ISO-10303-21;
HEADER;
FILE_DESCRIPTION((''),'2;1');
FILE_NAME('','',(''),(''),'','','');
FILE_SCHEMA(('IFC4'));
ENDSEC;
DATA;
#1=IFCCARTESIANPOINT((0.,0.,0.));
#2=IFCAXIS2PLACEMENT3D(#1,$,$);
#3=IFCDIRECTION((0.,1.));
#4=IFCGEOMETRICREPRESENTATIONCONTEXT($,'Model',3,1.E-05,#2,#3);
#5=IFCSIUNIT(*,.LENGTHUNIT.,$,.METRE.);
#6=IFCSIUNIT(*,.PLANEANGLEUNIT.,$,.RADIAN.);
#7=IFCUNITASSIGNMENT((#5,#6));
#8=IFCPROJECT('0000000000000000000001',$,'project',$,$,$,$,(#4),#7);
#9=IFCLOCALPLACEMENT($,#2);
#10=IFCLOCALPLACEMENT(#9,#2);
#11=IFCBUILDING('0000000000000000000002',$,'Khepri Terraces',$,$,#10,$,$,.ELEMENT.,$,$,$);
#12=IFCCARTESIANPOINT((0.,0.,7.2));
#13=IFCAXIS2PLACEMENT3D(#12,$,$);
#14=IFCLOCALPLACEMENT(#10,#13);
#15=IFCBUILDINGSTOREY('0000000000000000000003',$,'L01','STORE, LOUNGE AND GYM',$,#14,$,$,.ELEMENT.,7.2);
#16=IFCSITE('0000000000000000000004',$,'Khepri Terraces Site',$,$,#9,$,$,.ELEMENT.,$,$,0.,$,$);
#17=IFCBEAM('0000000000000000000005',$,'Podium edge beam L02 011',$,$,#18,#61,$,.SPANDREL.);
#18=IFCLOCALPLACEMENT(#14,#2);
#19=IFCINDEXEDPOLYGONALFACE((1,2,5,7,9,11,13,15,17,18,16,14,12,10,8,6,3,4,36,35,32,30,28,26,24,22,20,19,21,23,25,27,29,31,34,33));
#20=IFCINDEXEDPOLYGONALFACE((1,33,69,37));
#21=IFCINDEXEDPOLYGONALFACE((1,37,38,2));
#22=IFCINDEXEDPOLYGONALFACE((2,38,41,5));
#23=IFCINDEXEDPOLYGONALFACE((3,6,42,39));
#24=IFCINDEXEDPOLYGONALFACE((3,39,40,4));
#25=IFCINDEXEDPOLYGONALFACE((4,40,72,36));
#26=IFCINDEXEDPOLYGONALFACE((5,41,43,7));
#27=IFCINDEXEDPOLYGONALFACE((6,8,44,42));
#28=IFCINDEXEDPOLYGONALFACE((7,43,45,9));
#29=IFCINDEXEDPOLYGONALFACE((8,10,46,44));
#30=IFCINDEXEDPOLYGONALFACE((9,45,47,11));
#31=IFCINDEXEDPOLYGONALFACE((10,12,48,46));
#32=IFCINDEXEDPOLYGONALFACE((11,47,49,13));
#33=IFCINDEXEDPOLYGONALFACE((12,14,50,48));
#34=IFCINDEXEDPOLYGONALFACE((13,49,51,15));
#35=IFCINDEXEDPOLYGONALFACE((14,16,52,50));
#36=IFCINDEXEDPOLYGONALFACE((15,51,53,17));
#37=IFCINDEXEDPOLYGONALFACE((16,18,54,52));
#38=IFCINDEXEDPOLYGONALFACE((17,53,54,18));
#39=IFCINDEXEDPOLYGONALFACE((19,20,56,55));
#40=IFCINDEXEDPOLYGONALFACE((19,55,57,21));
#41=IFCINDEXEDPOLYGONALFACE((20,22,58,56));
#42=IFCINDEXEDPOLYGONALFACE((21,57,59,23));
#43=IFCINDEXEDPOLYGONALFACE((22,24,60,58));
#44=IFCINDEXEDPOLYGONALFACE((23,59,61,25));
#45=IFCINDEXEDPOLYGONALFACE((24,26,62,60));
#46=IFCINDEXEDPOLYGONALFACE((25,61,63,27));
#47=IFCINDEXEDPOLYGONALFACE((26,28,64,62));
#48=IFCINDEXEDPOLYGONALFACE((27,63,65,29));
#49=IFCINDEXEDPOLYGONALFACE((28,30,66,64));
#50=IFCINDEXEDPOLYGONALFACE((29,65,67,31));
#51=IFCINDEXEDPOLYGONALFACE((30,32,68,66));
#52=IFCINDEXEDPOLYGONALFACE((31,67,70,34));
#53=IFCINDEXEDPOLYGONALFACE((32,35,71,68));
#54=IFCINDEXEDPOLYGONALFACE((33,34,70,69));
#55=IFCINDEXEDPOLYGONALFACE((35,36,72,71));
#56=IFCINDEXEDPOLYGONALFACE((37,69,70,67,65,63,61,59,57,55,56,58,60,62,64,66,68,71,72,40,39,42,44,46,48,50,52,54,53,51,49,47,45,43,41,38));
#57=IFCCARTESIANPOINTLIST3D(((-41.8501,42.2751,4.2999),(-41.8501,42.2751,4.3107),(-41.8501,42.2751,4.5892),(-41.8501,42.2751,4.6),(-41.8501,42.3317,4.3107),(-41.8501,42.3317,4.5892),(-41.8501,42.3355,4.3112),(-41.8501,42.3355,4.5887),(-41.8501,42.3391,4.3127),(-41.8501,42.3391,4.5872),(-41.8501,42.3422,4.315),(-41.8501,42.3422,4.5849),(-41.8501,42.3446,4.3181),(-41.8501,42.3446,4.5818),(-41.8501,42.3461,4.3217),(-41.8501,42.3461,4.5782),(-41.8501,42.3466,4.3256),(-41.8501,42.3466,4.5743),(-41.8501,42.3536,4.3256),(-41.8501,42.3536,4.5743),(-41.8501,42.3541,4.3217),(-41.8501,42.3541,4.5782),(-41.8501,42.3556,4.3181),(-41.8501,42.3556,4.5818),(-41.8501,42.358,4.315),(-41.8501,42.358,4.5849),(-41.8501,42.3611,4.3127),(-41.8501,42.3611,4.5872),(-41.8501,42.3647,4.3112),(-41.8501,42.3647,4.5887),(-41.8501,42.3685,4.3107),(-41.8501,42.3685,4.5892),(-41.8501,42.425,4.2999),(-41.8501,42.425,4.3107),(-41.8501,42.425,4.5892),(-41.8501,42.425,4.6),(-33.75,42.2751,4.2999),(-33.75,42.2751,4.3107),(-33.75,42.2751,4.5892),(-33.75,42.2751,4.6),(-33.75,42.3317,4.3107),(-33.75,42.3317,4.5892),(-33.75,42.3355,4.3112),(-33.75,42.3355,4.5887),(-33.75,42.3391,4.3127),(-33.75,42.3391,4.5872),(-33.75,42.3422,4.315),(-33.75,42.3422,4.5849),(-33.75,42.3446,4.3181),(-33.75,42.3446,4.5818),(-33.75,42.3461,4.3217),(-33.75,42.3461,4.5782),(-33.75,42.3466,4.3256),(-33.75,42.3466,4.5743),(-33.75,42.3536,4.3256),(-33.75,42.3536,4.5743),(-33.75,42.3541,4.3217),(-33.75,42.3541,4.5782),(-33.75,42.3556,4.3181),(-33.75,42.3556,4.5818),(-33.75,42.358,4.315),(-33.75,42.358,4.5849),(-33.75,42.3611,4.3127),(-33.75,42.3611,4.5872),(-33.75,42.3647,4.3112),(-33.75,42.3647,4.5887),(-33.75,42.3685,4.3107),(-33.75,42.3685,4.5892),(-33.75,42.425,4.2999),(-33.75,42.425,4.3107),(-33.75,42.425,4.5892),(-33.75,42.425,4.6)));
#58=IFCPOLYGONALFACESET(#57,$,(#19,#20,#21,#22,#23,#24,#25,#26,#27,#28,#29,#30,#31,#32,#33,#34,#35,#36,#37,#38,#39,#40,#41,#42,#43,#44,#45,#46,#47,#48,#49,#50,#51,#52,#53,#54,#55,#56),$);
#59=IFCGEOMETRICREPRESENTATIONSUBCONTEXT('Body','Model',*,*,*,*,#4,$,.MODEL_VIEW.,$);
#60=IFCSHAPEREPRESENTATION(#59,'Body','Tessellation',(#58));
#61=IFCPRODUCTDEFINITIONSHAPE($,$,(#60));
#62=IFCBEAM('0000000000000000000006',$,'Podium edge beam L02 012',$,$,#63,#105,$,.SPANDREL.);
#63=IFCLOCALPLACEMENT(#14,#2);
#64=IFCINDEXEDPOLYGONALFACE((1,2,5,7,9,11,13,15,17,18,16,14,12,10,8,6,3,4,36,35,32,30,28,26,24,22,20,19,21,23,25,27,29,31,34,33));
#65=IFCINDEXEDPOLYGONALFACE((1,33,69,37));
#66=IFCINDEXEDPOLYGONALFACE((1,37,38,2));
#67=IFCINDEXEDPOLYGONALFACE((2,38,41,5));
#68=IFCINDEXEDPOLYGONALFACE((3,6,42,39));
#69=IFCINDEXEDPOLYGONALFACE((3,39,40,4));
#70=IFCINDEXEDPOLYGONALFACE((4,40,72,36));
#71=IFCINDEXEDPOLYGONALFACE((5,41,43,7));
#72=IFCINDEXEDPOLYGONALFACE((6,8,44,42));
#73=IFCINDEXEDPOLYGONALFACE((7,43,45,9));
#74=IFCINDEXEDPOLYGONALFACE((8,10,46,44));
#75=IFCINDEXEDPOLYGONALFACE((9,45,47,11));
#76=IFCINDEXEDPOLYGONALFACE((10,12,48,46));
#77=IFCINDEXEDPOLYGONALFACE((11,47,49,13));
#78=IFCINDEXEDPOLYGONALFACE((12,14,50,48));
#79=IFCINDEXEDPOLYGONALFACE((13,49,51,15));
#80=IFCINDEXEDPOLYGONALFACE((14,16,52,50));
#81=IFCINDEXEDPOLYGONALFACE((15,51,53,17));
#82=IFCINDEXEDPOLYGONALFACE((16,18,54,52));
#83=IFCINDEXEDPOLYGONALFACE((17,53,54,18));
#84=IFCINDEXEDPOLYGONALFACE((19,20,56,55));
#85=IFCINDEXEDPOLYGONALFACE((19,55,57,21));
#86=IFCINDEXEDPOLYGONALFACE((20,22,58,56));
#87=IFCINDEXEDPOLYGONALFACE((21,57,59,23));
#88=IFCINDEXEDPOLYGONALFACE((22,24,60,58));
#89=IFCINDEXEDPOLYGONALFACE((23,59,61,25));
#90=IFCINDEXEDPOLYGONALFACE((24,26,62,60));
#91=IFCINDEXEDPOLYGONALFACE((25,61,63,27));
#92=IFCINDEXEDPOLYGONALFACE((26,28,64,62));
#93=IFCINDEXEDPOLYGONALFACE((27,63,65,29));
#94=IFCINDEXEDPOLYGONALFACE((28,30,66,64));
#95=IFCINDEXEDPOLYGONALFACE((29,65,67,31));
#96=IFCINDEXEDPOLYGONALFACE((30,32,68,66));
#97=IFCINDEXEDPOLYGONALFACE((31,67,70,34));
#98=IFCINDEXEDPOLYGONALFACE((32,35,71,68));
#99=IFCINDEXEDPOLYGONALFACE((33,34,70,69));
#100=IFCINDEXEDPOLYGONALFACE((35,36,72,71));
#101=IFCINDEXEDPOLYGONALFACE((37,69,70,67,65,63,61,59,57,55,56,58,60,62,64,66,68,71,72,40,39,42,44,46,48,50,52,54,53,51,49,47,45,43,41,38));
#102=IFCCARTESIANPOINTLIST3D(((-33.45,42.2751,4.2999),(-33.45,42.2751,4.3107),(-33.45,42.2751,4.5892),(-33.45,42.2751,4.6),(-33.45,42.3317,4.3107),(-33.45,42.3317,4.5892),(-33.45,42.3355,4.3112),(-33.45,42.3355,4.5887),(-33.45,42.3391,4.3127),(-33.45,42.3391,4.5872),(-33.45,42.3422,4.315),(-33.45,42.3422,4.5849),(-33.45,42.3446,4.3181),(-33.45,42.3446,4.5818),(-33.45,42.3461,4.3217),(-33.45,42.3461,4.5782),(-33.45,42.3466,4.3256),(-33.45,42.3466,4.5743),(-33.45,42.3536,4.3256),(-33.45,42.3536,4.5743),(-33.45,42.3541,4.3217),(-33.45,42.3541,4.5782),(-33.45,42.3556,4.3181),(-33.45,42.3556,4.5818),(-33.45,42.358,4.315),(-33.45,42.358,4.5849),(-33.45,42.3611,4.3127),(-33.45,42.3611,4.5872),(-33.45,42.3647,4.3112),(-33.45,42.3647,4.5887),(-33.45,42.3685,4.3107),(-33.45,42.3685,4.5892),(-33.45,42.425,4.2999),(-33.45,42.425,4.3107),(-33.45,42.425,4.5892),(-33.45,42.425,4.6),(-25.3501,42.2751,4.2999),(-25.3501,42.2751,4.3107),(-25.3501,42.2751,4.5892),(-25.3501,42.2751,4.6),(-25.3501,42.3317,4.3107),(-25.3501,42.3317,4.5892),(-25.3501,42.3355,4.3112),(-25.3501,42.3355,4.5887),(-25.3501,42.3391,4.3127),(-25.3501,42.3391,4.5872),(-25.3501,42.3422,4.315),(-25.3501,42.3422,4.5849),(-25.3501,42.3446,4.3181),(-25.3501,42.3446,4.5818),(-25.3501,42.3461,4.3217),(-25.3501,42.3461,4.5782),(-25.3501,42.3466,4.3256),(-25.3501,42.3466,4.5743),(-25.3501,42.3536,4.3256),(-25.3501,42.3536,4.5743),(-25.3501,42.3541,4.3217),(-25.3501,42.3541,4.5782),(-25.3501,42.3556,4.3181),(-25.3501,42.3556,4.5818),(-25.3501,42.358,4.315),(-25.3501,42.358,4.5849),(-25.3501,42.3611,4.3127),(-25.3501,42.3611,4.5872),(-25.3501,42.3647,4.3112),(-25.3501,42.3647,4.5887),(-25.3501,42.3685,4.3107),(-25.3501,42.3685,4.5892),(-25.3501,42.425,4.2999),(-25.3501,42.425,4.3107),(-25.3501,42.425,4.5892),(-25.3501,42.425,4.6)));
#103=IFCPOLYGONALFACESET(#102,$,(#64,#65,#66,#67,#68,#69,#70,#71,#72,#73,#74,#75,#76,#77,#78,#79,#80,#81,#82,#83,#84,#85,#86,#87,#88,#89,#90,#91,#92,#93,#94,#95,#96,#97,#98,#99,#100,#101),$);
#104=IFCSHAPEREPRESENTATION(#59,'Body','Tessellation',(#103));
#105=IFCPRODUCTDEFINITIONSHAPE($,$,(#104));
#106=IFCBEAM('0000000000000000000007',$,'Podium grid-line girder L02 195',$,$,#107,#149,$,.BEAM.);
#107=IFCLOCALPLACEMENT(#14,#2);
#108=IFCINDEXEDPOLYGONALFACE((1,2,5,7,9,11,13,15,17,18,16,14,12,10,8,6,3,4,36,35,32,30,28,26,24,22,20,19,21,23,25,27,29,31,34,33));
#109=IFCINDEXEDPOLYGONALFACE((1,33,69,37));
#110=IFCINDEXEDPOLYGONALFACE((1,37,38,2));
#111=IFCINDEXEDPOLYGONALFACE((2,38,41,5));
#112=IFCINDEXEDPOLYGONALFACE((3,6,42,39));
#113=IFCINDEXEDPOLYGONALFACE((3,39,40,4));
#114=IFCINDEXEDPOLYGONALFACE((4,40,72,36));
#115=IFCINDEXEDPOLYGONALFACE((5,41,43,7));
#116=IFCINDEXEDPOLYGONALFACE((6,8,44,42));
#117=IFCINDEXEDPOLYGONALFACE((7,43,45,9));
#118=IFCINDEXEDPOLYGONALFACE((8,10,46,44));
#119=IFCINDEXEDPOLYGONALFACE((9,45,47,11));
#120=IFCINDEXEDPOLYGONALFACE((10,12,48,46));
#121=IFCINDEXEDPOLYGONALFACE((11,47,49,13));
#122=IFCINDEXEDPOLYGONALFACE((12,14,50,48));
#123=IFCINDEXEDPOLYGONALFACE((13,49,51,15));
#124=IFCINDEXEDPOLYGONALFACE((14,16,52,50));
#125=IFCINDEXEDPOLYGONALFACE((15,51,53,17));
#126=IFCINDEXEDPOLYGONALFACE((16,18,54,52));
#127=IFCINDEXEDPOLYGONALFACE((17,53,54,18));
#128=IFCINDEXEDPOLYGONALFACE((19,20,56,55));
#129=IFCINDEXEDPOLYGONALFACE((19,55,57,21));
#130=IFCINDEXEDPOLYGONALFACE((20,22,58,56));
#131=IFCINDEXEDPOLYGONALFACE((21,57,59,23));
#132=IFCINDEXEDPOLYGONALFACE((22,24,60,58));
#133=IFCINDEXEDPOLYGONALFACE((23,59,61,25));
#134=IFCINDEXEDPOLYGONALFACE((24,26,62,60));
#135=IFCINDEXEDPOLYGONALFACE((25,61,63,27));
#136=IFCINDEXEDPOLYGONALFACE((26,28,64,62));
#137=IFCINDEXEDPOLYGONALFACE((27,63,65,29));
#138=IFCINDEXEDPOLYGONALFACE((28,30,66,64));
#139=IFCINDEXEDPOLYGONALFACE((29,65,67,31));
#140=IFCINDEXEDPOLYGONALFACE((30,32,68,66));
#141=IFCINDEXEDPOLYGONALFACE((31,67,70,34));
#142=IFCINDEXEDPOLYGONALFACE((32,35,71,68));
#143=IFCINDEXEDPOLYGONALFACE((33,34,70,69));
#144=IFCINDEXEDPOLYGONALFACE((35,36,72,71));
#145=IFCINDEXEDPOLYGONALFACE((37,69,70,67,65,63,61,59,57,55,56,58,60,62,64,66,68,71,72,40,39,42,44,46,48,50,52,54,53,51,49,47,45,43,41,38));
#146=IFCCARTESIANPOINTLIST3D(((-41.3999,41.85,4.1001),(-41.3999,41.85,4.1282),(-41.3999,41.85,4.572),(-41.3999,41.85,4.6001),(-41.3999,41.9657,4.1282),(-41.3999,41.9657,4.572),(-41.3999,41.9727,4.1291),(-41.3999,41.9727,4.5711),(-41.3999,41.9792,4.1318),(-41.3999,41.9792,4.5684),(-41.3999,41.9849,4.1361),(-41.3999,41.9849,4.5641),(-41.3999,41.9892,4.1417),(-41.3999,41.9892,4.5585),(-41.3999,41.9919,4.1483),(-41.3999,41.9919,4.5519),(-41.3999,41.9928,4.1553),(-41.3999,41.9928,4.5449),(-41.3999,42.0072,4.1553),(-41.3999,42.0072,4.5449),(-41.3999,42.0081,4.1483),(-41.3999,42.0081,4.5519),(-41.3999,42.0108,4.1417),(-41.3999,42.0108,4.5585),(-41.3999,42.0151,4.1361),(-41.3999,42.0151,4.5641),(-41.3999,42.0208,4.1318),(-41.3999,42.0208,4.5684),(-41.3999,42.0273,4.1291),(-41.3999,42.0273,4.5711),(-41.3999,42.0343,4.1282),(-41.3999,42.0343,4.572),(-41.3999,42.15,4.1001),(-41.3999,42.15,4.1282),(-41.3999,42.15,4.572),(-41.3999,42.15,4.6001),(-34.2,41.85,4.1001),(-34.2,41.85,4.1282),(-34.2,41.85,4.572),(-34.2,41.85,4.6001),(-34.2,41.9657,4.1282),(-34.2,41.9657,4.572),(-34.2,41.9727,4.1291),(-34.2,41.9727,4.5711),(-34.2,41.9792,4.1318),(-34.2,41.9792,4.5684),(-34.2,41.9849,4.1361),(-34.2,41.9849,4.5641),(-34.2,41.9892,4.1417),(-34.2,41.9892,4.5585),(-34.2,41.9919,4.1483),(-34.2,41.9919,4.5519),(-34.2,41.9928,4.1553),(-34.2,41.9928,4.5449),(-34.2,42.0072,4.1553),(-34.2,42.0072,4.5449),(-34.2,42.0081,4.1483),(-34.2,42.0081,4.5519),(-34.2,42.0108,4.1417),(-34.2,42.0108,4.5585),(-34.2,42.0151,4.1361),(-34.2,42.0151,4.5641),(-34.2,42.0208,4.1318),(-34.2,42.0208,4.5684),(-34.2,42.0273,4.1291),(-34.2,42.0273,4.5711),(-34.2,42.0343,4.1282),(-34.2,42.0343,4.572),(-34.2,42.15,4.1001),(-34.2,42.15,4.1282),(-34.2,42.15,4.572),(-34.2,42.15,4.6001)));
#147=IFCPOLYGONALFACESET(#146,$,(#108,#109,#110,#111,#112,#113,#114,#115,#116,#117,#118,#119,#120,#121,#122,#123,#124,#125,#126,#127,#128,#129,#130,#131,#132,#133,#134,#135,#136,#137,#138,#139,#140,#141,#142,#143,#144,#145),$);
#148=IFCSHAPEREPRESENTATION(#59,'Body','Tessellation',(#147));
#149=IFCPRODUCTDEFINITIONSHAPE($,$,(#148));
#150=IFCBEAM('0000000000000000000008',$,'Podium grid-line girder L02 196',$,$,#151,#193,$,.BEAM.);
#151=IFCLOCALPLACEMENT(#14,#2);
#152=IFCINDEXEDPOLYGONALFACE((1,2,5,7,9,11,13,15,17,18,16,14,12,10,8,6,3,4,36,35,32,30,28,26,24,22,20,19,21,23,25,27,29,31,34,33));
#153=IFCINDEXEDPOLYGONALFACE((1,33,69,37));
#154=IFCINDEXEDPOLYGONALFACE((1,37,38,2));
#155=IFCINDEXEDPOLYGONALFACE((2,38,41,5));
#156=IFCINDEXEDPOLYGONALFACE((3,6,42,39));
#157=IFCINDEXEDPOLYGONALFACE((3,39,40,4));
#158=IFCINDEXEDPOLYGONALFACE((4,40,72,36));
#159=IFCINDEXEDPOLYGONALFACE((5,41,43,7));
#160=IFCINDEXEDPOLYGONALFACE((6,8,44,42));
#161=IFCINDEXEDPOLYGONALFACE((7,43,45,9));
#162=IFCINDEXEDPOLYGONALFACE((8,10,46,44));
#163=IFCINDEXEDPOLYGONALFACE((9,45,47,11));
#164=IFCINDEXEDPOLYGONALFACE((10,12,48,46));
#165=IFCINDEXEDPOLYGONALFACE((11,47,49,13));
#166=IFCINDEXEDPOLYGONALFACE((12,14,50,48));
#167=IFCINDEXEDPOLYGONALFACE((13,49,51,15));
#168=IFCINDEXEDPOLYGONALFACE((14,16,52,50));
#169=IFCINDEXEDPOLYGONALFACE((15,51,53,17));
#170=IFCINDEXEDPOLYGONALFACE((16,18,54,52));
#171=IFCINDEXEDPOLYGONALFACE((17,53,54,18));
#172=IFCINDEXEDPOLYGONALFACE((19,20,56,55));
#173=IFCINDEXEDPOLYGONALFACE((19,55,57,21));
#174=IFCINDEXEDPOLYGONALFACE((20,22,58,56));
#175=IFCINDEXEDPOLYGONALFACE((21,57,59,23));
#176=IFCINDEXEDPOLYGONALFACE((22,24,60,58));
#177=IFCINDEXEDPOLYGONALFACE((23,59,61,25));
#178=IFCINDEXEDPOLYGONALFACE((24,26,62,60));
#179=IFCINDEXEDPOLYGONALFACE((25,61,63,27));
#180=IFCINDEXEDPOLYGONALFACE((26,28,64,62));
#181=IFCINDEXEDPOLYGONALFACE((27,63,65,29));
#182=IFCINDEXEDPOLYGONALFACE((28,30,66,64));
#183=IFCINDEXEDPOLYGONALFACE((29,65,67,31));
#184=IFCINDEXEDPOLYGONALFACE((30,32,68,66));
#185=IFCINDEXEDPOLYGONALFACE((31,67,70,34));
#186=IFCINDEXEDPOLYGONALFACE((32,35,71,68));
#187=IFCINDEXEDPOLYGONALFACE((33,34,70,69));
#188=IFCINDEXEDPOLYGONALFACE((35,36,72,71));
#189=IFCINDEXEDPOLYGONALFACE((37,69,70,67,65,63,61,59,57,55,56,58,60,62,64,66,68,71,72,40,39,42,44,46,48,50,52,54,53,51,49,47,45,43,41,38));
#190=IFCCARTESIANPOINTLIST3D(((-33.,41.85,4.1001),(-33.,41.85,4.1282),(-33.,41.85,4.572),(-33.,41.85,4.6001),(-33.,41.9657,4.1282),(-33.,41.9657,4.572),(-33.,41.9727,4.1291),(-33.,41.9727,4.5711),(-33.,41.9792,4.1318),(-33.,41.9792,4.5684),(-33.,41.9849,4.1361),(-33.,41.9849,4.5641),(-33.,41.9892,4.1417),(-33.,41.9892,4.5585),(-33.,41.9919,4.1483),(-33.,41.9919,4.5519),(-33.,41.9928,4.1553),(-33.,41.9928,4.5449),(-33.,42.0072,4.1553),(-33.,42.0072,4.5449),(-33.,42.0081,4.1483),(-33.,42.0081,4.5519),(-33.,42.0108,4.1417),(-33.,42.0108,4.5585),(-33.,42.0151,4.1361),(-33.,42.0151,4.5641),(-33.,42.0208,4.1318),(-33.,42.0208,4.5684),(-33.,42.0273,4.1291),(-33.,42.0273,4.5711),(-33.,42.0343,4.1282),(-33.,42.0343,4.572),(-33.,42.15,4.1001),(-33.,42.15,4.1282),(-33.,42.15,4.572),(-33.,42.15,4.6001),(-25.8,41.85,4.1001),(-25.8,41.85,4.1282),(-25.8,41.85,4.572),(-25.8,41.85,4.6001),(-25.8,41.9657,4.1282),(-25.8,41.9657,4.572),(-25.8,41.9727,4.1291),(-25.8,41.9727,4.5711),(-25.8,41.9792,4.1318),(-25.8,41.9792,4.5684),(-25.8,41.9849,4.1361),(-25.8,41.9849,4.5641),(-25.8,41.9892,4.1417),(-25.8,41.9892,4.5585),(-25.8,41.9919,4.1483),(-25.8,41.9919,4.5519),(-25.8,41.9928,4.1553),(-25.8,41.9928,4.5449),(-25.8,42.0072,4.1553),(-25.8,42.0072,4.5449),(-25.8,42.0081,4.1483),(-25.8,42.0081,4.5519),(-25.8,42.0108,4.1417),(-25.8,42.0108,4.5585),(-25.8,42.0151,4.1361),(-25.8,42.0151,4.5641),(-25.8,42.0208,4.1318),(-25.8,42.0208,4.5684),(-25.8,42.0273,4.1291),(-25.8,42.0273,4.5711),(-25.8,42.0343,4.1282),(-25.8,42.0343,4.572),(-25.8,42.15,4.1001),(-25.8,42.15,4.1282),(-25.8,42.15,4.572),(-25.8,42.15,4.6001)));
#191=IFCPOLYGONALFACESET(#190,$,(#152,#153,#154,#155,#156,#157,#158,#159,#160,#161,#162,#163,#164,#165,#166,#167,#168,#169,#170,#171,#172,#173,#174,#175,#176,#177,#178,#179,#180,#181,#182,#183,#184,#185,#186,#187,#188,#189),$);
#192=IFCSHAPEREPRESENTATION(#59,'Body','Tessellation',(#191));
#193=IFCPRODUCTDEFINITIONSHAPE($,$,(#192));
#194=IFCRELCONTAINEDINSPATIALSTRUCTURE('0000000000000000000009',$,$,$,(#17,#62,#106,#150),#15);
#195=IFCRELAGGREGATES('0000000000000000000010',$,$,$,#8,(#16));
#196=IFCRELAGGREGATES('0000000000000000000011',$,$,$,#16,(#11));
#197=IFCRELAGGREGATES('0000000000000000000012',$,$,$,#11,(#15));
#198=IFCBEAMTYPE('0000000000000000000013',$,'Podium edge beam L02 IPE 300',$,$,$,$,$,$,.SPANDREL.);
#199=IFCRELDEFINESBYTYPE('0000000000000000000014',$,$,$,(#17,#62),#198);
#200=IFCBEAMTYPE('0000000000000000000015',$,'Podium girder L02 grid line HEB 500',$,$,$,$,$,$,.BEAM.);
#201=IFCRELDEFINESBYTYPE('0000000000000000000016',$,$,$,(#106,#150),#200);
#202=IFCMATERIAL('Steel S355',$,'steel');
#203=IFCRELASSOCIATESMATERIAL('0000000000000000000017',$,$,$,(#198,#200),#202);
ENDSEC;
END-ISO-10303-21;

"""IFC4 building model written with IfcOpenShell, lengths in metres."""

from ifc_helpers import new_model, si_unit, direction, frame, origin, origin_2d, place, context, subcontext, project, spatial, i_section, extrude, material, material_profile, profile_set, type_object, element, save


model = new_model("IFC4")

# Units and contexts
model_context = context("Model", 3, precision=1e-05, world=origin(), true_north=direction((0.0, 1.0)))
body_context = subcontext(model_context, "Body", "Model", "MODEL_VIEW")
ifc_project = project(units=[si_unit("LENGTHUNIT", "METRE"), si_unit("PLANEANGLEUNIT", "RADIAN")], contexts=[model_context])

# Site, building, storey
site_placement = place(None, origin())
site = spatial("IfcSite", under=ifc_project, at=site_placement, Name="Khepri Terraces Site", CompositionType="ELEMENT", RefElevation=0.0)
building_placement = place(site_placement, origin())
building = spatial("IfcBuilding", under=site, at=building_placement, Name="Khepri Terraces", CompositionType="ELEMENT")
storey_placement = place(building_placement, frame((0.0, 0.0, 7.2)))
storey = spatial("IfcBuildingStorey", under=building, at=storey_placement, Name="L01", Description="STORE, LOUNGE AND GYM", CompositionType="ELEMENT", Elevation=7.2)

# Beams
ifc_material_1 = material(Name="Steel S355", Category="steel")
ifc_material_profile_1 = material_profile(ifc_material_1, i_section(OverallWidth=0.1499, OverallDepth=0.3, WebThickness=0.0071, FlangeThickness=0.0107, FilletRadius=0.0149, at=origin_2d()), Name="Steel S355", Category="steel")
ifc_profile_set_1 = profile_set([ifc_material_profile_1], Name="Steel S355")
beam_type_1 = type_object("IfcBeamType", Name="Podium edge beam L02 IPE 300", PredefinedType="SPANDREL", material=ifc_profile_set_1)
beam_1_placement = place(storey_placement, frame((-41.8501, 42.3501, 4.45), z_axis=(1.0, 0.0, 0.0), x_axis=(0.0, 1.0, 0.0)))
element("IfcBeam", 1, at=beam_1_placement, inside=storey, type_object=beam_type_1, Name="Podium edge beam L02 011", PredefinedType="SPANDREL", context=body_context, shape_type="SweptSolid", body=[
    extrude(i_section(OverallWidth=0.1499, OverallDepth=0.3, WebThickness=0.0071, FlangeThickness=0.0107, FilletRadius=0.0149, at=origin_2d()), origin(), (0.0, 0.0, 1.0), 8.1001),
])
beam_2_placement = place(storey_placement, frame((-33.45, 42.3501, 4.45), z_axis=(1.0, 0.0, 0.0), x_axis=(0.0, 1.0, 0.0)))
element("IfcBeam", 2, at=beam_2_placement, inside=storey, type_object=beam_type_1, Name="Podium edge beam L02 012", PredefinedType="SPANDREL", context=body_context, shape_type="SweptSolid", body=[
    extrude(i_section(OverallWidth=0.1499, OverallDepth=0.3, WebThickness=0.0071, FlangeThickness=0.0107, FilletRadius=0.0149, at=origin_2d()), origin(), (0.0, 0.0, 1.0), 8.0999),
])
ifc_material_profile_2 = material_profile(ifc_material_1, i_section(OverallWidth=0.3, OverallDepth=0.5, WebThickness=0.0144, FlangeThickness=0.0281, FilletRadius=0.0271, at=origin_2d()), Name="Steel S355", Category="steel")
ifc_profile_set_2 = profile_set([ifc_material_profile_2], Name="Steel S355")
beam_type_2 = type_object("IfcBeamType", Name="Podium girder L02 grid line HEB 500", PredefinedType="BEAM", material=ifc_profile_set_2)
for number, where, z_axis, x_axis, name in (
    (3, (-41.3999, 42.0, 4.3501), (1.0, 0.0, 0.0), (0.0, 1.0, 0.0), "Podium grid-line girder L02 195"),
    (4, (-33.0, 42.0, 4.3501), (1.0, 0.0, 0.0), (0.0, 1.0, 0.0), "Podium grid-line girder L02 196"),
):
    element("IfcBeam", number, at=place(storey_placement, frame(where, z_axis=z_axis, x_axis=x_axis)), inside=storey, type_object=beam_type_2, Name=name, PredefinedType="BEAM", context=body_context, shape_type="SweptSolid", body=[
        extrude(i_section(OverallWidth=0.3, OverallDepth=0.5, WebThickness=0.0144, FlangeThickness=0.0281, FilletRadius=0.0271, at=origin_2d()), origin(), (0.0, 0.0, 1.0), 7.2),
    ])

save(model, "model.ifc")
